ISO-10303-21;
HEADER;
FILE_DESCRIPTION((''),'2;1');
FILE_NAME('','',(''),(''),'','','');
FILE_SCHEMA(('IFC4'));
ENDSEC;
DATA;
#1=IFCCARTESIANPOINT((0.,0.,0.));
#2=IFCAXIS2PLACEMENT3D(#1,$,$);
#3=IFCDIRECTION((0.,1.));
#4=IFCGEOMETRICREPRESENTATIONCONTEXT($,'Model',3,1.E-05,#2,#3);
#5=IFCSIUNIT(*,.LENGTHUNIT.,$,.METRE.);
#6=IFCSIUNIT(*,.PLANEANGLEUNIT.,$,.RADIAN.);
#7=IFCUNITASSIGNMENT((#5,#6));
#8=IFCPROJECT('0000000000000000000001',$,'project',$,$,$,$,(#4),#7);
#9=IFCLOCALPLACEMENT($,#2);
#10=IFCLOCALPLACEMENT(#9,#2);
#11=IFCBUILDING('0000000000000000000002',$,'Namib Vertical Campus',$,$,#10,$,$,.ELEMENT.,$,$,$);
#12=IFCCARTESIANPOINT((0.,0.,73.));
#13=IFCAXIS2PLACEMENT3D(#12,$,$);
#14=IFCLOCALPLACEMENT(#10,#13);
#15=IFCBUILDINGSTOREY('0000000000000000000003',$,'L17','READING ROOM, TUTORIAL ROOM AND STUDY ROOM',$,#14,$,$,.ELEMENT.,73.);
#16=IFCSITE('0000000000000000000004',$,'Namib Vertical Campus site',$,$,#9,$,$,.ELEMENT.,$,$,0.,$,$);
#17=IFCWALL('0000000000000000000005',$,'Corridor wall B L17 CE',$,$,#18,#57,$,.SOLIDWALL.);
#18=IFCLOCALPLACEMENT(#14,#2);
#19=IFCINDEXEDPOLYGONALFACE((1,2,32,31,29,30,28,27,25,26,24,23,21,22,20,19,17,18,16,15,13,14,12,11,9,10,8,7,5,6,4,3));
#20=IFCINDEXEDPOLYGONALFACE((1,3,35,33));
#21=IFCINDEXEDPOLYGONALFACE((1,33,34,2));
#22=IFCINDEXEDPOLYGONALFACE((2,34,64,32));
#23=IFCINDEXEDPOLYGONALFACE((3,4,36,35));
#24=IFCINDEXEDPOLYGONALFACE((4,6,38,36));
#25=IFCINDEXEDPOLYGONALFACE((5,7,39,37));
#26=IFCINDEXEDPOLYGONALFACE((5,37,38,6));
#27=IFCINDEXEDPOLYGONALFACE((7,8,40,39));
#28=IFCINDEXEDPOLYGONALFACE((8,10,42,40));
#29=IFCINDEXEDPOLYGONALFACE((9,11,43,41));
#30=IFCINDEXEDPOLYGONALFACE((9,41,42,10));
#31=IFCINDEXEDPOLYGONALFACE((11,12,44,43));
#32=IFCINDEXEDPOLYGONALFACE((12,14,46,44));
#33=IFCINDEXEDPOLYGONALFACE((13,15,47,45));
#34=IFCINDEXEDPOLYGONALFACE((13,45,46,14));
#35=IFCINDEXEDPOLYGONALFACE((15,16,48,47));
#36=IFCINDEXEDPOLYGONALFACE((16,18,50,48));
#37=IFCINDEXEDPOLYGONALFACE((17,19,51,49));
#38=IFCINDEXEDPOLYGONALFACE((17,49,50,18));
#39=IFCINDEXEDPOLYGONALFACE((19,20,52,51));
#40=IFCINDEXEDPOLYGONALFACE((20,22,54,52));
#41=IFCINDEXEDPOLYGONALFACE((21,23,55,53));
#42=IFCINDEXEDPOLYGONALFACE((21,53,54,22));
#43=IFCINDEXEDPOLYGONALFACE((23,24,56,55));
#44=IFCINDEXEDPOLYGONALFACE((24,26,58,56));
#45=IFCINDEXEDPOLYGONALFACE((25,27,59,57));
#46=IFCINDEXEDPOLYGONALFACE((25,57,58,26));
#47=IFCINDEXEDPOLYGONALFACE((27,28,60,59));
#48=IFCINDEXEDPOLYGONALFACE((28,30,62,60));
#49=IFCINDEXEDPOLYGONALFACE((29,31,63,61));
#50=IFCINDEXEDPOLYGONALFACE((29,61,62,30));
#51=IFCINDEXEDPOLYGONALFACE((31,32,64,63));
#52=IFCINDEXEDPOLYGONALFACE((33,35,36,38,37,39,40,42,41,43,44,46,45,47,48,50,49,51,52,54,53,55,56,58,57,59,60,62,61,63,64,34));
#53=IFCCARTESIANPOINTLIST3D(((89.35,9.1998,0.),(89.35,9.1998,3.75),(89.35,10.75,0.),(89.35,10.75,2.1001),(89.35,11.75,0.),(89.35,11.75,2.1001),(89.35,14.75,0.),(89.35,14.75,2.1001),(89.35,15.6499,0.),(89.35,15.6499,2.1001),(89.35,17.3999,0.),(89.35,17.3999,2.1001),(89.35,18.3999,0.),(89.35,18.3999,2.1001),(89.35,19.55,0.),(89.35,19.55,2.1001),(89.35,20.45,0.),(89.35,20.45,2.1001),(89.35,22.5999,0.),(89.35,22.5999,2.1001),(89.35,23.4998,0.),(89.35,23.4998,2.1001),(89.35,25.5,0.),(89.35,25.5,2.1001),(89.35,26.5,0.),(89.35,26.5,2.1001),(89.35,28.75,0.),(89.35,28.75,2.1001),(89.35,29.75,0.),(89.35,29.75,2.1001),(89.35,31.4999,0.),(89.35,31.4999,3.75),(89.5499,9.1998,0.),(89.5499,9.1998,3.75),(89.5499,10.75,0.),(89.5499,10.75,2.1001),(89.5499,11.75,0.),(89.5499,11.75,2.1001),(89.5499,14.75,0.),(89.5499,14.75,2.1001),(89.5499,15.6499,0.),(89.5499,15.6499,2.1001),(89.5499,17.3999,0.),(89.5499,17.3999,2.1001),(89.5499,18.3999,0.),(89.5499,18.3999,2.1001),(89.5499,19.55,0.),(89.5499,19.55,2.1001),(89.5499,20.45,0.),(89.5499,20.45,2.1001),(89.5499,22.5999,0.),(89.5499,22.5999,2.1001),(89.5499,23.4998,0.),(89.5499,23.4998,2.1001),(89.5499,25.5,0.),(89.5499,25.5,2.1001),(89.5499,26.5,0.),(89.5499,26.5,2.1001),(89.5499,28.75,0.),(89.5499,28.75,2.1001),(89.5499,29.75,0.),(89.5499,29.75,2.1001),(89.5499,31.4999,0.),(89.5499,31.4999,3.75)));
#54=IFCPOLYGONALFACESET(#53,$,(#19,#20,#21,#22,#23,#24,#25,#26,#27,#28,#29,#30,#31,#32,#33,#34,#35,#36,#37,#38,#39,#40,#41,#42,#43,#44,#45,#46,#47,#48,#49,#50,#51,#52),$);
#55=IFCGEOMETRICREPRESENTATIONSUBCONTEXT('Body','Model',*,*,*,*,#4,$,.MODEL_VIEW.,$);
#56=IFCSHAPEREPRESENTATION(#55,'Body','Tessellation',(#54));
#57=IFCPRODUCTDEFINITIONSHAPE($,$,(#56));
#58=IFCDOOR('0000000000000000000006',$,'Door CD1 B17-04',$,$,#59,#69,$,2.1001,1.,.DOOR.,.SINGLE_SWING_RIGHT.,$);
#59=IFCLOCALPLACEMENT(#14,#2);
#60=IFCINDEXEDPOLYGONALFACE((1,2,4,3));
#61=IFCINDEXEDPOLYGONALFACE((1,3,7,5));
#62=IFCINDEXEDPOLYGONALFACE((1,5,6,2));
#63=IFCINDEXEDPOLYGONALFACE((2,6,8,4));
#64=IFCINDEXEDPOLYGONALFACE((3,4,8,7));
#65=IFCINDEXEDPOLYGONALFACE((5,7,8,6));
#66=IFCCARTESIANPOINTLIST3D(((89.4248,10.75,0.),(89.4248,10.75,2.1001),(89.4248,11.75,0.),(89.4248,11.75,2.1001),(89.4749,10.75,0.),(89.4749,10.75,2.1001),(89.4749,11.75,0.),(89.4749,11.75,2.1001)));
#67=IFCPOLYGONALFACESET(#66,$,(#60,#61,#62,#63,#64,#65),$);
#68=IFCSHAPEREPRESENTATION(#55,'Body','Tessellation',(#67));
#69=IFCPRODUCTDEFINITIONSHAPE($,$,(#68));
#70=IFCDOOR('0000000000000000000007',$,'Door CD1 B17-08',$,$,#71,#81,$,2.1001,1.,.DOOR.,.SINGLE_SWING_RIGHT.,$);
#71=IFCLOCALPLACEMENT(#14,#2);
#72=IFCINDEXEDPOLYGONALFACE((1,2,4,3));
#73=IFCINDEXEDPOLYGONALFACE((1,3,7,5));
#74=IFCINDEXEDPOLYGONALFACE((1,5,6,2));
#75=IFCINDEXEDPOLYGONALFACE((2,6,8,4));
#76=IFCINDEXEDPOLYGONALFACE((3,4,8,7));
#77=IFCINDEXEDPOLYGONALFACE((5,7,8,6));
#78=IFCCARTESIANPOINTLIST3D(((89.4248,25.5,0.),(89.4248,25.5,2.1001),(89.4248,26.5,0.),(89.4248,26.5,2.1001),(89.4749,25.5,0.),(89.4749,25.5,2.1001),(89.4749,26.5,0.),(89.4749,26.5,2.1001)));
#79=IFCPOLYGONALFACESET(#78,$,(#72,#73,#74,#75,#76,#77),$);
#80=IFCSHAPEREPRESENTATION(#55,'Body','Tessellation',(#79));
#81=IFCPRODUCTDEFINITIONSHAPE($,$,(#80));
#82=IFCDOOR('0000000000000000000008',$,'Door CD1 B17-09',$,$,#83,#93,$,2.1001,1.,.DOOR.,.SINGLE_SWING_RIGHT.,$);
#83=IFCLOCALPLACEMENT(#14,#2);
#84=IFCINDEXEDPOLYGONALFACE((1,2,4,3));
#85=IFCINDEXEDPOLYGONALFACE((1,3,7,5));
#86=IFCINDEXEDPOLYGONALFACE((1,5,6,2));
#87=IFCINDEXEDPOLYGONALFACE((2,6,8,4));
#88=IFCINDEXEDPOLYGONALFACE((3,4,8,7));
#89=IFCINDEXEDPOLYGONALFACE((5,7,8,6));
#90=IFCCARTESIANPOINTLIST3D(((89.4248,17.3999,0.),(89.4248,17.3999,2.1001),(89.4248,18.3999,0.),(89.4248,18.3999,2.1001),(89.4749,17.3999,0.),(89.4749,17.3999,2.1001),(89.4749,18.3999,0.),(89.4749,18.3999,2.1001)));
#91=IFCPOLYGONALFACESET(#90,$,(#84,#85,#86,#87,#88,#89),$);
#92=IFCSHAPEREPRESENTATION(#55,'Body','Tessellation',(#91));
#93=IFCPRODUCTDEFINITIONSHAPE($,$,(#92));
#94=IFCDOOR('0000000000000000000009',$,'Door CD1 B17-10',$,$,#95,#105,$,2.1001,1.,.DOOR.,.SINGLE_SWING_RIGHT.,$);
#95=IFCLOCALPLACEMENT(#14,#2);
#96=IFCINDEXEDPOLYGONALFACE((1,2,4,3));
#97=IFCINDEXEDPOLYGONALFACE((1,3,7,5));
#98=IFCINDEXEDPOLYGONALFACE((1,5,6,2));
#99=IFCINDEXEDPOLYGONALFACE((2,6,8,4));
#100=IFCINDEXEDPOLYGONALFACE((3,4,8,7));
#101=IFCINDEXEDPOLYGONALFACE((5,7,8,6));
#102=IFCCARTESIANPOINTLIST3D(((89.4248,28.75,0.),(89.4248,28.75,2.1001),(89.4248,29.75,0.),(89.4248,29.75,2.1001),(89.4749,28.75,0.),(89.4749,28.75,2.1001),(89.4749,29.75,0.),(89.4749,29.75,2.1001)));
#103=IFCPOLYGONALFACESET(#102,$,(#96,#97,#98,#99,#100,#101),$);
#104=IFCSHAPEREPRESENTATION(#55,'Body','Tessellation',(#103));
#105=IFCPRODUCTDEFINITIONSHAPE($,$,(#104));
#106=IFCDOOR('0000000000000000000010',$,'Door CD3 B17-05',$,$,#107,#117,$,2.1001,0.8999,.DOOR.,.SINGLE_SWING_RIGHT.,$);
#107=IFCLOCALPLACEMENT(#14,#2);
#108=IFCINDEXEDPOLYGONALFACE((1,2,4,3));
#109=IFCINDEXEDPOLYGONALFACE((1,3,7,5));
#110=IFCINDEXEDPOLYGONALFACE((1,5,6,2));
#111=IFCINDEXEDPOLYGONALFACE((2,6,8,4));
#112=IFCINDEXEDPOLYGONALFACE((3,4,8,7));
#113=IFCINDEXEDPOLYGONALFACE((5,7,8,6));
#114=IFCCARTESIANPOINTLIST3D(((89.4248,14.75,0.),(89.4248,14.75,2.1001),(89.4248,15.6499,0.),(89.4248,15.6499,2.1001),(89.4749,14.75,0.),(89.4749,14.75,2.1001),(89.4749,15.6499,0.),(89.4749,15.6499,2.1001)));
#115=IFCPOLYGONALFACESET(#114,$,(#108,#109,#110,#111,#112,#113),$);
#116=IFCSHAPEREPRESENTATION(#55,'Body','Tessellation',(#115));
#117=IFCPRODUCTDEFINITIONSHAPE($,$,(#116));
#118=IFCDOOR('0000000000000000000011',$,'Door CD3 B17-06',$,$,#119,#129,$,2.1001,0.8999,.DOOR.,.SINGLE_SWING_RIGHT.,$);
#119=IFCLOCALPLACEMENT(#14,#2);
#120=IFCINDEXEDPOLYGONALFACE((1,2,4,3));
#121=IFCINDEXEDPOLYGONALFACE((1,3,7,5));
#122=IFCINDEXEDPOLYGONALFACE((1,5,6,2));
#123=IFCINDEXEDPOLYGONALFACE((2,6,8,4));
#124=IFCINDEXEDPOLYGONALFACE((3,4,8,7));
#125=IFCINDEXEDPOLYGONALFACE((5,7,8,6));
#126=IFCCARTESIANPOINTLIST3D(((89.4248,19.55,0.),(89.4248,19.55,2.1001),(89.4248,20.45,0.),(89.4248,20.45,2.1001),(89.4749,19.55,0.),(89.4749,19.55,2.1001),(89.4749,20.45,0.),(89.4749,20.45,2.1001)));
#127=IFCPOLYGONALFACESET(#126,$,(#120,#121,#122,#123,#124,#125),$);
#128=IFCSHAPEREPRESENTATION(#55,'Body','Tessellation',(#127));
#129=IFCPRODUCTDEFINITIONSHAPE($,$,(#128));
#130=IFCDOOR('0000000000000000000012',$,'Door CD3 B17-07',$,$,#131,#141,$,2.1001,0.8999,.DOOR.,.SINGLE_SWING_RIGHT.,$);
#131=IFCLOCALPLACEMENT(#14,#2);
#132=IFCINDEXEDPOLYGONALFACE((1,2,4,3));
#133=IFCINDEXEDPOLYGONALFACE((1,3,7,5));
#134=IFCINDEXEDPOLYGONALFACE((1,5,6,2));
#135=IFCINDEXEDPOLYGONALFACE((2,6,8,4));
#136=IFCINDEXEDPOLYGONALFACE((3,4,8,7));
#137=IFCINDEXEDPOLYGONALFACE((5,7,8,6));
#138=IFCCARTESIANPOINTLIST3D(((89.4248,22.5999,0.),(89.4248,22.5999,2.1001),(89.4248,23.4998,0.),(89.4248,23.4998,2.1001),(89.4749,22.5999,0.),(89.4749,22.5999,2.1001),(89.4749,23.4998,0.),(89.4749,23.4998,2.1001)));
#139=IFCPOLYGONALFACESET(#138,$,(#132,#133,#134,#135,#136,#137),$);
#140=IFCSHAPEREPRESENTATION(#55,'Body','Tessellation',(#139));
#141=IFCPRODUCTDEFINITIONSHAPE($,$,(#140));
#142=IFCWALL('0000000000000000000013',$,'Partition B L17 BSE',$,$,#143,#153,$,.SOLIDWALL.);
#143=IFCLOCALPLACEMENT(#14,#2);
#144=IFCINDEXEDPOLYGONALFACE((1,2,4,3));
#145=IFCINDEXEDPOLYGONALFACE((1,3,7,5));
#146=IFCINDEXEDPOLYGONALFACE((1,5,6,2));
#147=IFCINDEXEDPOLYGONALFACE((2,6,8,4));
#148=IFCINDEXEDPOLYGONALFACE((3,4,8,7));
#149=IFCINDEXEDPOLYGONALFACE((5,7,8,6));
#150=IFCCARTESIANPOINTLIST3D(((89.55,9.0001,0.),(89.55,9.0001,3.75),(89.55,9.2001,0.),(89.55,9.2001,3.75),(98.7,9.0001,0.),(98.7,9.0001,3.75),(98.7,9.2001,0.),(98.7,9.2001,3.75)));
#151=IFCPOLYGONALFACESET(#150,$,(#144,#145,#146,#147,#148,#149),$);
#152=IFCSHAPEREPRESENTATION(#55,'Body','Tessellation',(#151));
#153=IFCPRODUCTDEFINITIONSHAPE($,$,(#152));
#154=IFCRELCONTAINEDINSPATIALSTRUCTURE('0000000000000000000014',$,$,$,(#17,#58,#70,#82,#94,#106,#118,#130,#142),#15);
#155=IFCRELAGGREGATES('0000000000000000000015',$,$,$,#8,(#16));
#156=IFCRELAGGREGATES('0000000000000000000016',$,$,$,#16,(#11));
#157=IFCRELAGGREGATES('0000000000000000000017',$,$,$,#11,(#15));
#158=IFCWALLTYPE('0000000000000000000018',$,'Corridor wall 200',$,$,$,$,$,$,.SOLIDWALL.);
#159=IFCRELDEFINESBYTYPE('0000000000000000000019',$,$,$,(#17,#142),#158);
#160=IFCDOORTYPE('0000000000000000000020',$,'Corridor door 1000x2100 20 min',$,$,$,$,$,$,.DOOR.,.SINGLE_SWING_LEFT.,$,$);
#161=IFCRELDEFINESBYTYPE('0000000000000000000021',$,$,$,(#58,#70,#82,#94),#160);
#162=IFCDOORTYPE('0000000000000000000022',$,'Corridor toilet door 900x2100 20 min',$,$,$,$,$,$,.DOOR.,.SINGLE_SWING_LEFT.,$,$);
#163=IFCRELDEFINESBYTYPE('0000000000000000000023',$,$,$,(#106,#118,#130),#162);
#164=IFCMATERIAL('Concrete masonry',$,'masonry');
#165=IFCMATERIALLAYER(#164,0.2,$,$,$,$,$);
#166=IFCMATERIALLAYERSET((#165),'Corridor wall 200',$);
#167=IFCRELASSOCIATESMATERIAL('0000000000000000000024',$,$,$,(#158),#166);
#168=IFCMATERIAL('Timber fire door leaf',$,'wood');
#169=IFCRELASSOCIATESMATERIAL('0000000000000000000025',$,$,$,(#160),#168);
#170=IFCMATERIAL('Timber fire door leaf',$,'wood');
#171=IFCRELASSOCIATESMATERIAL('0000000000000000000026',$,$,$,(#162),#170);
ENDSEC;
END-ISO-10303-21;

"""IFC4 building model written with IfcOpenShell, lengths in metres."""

from ifc_helpers import new_model, si_unit, direction, frame, frame_2d, origin, place, context, subcontext, project, spatial, rectangle, extrude, material, layer, layer_set, type_object, element, fill, save


model = new_model("IFC4")

# Units and contexts
model_context = context("Model", 3, precision=1e-05, world=origin(), true_north=direction((0.0, 1.0)))
body_context = subcontext(model_context, "Body", "Model", "MODEL_VIEW")
ifc_project = project(units=[si_unit("LENGTHUNIT", "METRE"), si_unit("PLANEANGLEUNIT", "RADIAN")], contexts=[model_context])

# Site, building, storey
site_placement = place(None, origin())
site = spatial("IfcSite", under=ifc_project, at=site_placement, Name="Namib Vertical Campus site", CompositionType="ELEMENT", RefElevation=0.0)
building_placement = place(site_placement, origin())
building = spatial("IfcBuilding", under=site, at=building_placement, Name="Namib Vertical Campus", CompositionType="ELEMENT")
storey_placement = place(building_placement, frame((0.0, 0.0, 73.0)))
storey = spatial("IfcBuildingStorey", under=building, at=storey_placement, Name="L17", Description="READING ROOM, TUTORIAL ROOM AND STUDY ROOM", CompositionType="ELEMENT", Elevation=73.0)

# Wall, openings, doors
ifc_material_1 = material(Name="Concrete masonry", Category="masonry")
ifc_layer_1 = layer(ifc_material_1, 0.2)
ifc_layer_set_1 = layer_set([ifc_layer_1], Name="Corridor wall 200")
wall_type_1 = type_object("IfcWallType", Name="Corridor wall 200", PredefinedType="SOLIDWALL", material=ifc_layer_set_1)
wall_1_placement = place(storey_placement, frame((89.45, 9.2, 0.0), z_axis=(0.0, 0.0, 1.0), x_axis=(0.0, 1.0, 0.0)))
wall_1 = element("IfcWall", 1, at=wall_1_placement, inside=storey, type_object=wall_type_1, Name="Corridor wall B L17 CE", PredefinedType="SOLIDWALL", context=body_context, shape_type="SweptSolid", body=[
    extrude(rectangle(XDim=22.3, YDim=0.2, at=frame_2d((11.1499, 0.0))), origin(), (0.0, 0.0, 1.0), 3.75),
])
opening_1_placement = place(wall_1_placement, frame((1.55, 0.0, 0.0)))
opening_1 = element("IfcOpeningElement", 2, at=opening_1_placement, cuts=wall_1, PredefinedType="OPENING", context=body_context, shape_type="SweptSolid", body=[
    extrude(rectangle(XDim=1.0, YDim=2.1001, at=frame_2d((0.5, 1.05))), frame((0.0, 0.1099, 0.0), z_axis=(0.0, -1.0, 0.0), x_axis=(1.0, 0.0, 0.0)), (0.0, 0.0, 1.0), 0.22),
])
opening_2_placement = place(wall_1_placement, frame((5.55, 0.0, 0.0)))
opening_2 = element("IfcOpeningElement", 3, at=opening_2_placement, cuts=wall_1, PredefinedType="OPENING", context=body_context, shape_type="SweptSolid", body=[
    extrude(rectangle(XDim=0.8999, YDim=2.1001, at=frame_2d((0.45, 1.05))), frame((0.0, 0.1099, 0.0), z_axis=(0.0, -1.0, 0.0), x_axis=(1.0, 0.0, 0.0)), (0.0, 0.0, 1.0), 0.22),
])
opening_3_placement = place(wall_1_placement, frame((10.3501, 0.0, 0.0)))
opening_3 = element("IfcOpeningElement", 4, at=opening_3_placement, cuts=wall_1, PredefinedType="OPENING", context=body_context, shape_type="SweptSolid", body=[
    extrude(rectangle(XDim=0.8999, YDim=2.1001, at=frame_2d((0.45, 1.05))), frame((0.0, 0.1099, 0.0), z_axis=(0.0, -1.0, 0.0), x_axis=(1.0, 0.0, 0.0)), (0.0, 0.0, 1.0), 0.22),
])
opening_4_placement = place(wall_1_placement, frame((13.3999, 0.0, 0.0)))
opening_4 = element("IfcOpeningElement", 5, at=opening_4_placement, cuts=wall_1, PredefinedType="OPENING", context=body_context, shape_type="SweptSolid", body=[
    extrude(rectangle(XDim=0.8999, YDim=2.1001, at=frame_2d((0.45, 1.05))), frame((0.0, 0.1099, 0.0), z_axis=(0.0, -1.0, 0.0), x_axis=(1.0, 0.0, 0.0)), (0.0, 0.0, 1.0), 0.22),
])
opening_5_placement = place(wall_1_placement, frame((16.3, 0.0, 0.0)))
opening_5 = element("IfcOpeningElement", 6, at=opening_5_placement, cuts=wall_1, PredefinedType="OPENING", context=body_context, shape_type="SweptSolid", body=[
    extrude(rectangle(XDim=1.0, YDim=2.1001, at=frame_2d((0.5, 1.05))), frame((0.0, 0.1099, 0.0), z_axis=(0.0, -1.0, 0.0), x_axis=(1.0, 0.0, 0.0)), (0.0, 0.0, 1.0), 0.22),
])
opening_6_placement = place(wall_1_placement, frame((8.2, 0.0, 0.0)))
opening_6 = element("IfcOpeningElement", 7, at=opening_6_placement, cuts=wall_1, PredefinedType="OPENING", context=body_context, shape_type="SweptSolid", body=[
    extrude(rectangle(XDim=1.0, YDim=2.1001, at=frame_2d((0.5, 1.05))), frame((0.0, 0.1099, 0.0), z_axis=(0.0, -1.0, 0.0), x_axis=(1.0, 0.0, 0.0)), (0.0, 0.0, 1.0), 0.22),
])
opening_7_placement = place(wall_1_placement, frame((19.55, 0.0, 0.0)))
opening_7 = element("IfcOpeningElement", 8, at=opening_7_placement, cuts=wall_1, PredefinedType="OPENING", context=body_context, shape_type="SweptSolid", body=[
    extrude(rectangle(XDim=1.0, YDim=2.1001, at=frame_2d((0.5, 1.05))), frame((0.0, 0.1099, 0.0), z_axis=(0.0, -1.0, 0.0), x_axis=(1.0, 0.0, 0.0)), (0.0, 0.0, 1.0), 0.22),
])
ifc_material_2 = material(Name="Timber fire door leaf", Category="wood")
door_type_1 = type_object("IfcDoorType", Name="Corridor door 1000x2100 20 min", OperationType="SINGLE_SWING_LEFT", PredefinedType="DOOR", material=ifc_material_2)
door_1_placement = place(opening_1_placement, frame((1.0, 0.0, 0.0), z_axis=(0.0, 0.0, 1.0), x_axis=(-1.0, 0.0, 0.0)))
door_1 = element("IfcDoor", 9, at=door_1_placement, inside=storey, type_object=door_type_1, Name="Door CD1 B17-04", OperationType="SINGLE_SWING_RIGHT", OverallHeight=2.1001, OverallWidth=1.0, PredefinedType="DOOR", context=body_context, shape_type="SweptSolid", body=[
    extrude(rectangle(XDim=1.0, YDim=2.1001, at=frame_2d((0.5, 1.05))), frame((0.0, 0.0249, 0.0), z_axis=(0.0, -1.0, 0.0), x_axis=(1.0, 0.0, 0.0)), (0.0, 0.0, 1.0), 0.05),
])
fill(opening_1, door_1)
door_2_placement = place(opening_5_placement, frame((1.0, 0.0, 0.0), z_axis=(0.0, 0.0, 1.0), x_axis=(-1.0, 0.0, 0.0)))
door_2 = element("IfcDoor", 10, at=door_2_placement, inside=storey, type_object=door_type_1, Name="Door CD1 B17-08", OperationType="SINGLE_SWING_RIGHT", OverallHeight=2.1001, OverallWidth=1.0, PredefinedType="DOOR", context=body_context, shape_type="SweptSolid", body=[
    extrude(rectangle(XDim=1.0, YDim=2.1001, at=frame_2d((0.5, 1.05))), frame((0.0, 0.0249, 0.0), z_axis=(0.0, -1.0, 0.0), x_axis=(1.0, 0.0, 0.0)), (0.0, 0.0, 1.0), 0.05),
])
fill(opening_5, door_2)
door_3_placement = place(opening_6_placement, frame((1.0, 0.0, 0.0), z_axis=(0.0, 0.0, 1.0), x_axis=(-1.0, 0.0, 0.0)))
door_3 = element("IfcDoor", 11, at=door_3_placement, inside=storey, type_object=door_type_1, Name="Door CD1 B17-09", OperationType="SINGLE_SWING_RIGHT", OverallHeight=2.1001, OverallWidth=1.0, PredefinedType="DOOR", context=body_context, shape_type="SweptSolid", body=[
    extrude(rectangle(XDim=1.0, YDim=2.1001, at=frame_2d((0.5, 1.05))), frame((0.0, 0.0249, 0.0), z_axis=(0.0, -1.0, 0.0), x_axis=(1.0, 0.0, 0.0)), (0.0, 0.0, 1.0), 0.05),
])
fill(opening_6, door_3)
door_4_placement = place(opening_7_placement, frame((1.0, 0.0, 0.0), z_axis=(0.0, 0.0, 1.0), x_axis=(-1.0, 0.0, 0.0)))
door_4 = element("IfcDoor", 12, at=door_4_placement, inside=storey, type_object=door_type_1, Name="Door CD1 B17-10", OperationType="SINGLE_SWING_RIGHT", OverallHeight=2.1001, OverallWidth=1.0, PredefinedType="DOOR", context=body_context, shape_type="SweptSolid", body=[
    extrude(rectangle(XDim=1.0, YDim=2.1001, at=frame_2d((0.5, 1.05))), frame((0.0, 0.0249, 0.0), z_axis=(0.0, -1.0, 0.0), x_axis=(1.0, 0.0, 0.0)), (0.0, 0.0, 1.0), 0.05),
])
fill(opening_7, door_4)
ifc_material_3 = material(Name="Timber fire door leaf", Category="wood")
door_type_2 = type_object("IfcDoorType", Name="Corridor toilet door 900x2100 20 min", OperationType="SINGLE_SWING_LEFT", PredefinedType="DOOR", material=ifc_material_3)
door_5_placement = place(opening_2_placement, frame((0.8999, 0.0, 0.0), z_axis=(0.0, 0.0, 1.0), x_axis=(-1.0, 0.0, 0.0)))
door_5 = element("IfcDoor", 13, at=door_5_placement, inside=storey, type_object=door_type_2, Name="Door CD3 B17-05", OperationType="SINGLE_SWING_RIGHT", OverallHeight=2.1001, OverallWidth=0.8999, PredefinedType="DOOR", context=body_context, shape_type="SweptSolid", body=[
    extrude(rectangle(XDim=0.8999, YDim=2.1001, at=frame_2d((0.45, 1.05))), frame((0.0, 0.0249, 0.0), z_axis=(0.0, -1.0, 0.0), x_axis=(1.0, 0.0, 0.0)), (0.0, 0.0, 1.0), 0.05),
])
fill(opening_2, door_5)
door_6_placement = place(opening_3_placement, frame((0.8999, 0.0, 0.0), z_axis=(0.0, 0.0, 1.0), x_axis=(-1.0, 0.0, 0.0)))
door_6 = element("IfcDoor", 14, at=door_6_placement, inside=storey, type_object=door_type_2, Name="Door CD3 B17-06", OperationType="SINGLE_SWING_RIGHT", OverallHeight=2.1001, OverallWidth=0.8999, PredefinedType="DOOR", context=body_context, shape_type="SweptSolid", body=[
    extrude(rectangle(XDim=0.8999, YDim=2.1001, at=frame_2d((0.45, 1.05))), frame((0.0, 0.0249, 0.0), z_axis=(0.0, -1.0, 0.0), x_axis=(1.0, 0.0, 0.0)), (0.0, 0.0, 1.0), 0.05),
])
fill(opening_3, door_6)
door_7_placement = place(opening_4_placement, frame((0.8999, 0.0, 0.0), z_axis=(0.0, 0.0, 1.0), x_axis=(-1.0, 0.0, 0.0)))
door_7 = element("IfcDoor", 15, at=door_7_placement, inside=storey, type_object=door_type_2, Name="Door CD3 B17-07", OperationType="SINGLE_SWING_RIGHT", OverallHeight=2.1001, OverallWidth=0.8999, PredefinedType="DOOR", context=body_context, shape_type="SweptSolid", body=[
    extrude(rectangle(XDim=0.8999, YDim=2.1001, at=frame_2d((0.45, 1.05))), frame((0.0, 0.0249, 0.0), z_axis=(0.0, -1.0, 0.0), x_axis=(1.0, 0.0, 0.0)), (0.0, 0.0, 1.0), 0.05),
])
fill(opening_4, door_7)

# Wall
wall_2_placement = place(storey_placement, frame((89.55, 9.1001, 0.0), z_axis=(0.0, 0.0, 1.0), x_axis=(1.0, 0.0, 0.0)))
element("IfcWall", 16, at=wall_2_placement, inside=storey, type_object=wall_type_1, Name="Partition B L17 BSE", PredefinedType="SOLIDWALL", context=body_context, shape_type="SweptSolid", body=[
    extrude(rectangle(XDim=9.1499, YDim=0.2, at=frame_2d((4.575, 0.0))), origin(), (0.0, 0.0, 1.0), 3.75),
])

save(model, "model.ifc")
